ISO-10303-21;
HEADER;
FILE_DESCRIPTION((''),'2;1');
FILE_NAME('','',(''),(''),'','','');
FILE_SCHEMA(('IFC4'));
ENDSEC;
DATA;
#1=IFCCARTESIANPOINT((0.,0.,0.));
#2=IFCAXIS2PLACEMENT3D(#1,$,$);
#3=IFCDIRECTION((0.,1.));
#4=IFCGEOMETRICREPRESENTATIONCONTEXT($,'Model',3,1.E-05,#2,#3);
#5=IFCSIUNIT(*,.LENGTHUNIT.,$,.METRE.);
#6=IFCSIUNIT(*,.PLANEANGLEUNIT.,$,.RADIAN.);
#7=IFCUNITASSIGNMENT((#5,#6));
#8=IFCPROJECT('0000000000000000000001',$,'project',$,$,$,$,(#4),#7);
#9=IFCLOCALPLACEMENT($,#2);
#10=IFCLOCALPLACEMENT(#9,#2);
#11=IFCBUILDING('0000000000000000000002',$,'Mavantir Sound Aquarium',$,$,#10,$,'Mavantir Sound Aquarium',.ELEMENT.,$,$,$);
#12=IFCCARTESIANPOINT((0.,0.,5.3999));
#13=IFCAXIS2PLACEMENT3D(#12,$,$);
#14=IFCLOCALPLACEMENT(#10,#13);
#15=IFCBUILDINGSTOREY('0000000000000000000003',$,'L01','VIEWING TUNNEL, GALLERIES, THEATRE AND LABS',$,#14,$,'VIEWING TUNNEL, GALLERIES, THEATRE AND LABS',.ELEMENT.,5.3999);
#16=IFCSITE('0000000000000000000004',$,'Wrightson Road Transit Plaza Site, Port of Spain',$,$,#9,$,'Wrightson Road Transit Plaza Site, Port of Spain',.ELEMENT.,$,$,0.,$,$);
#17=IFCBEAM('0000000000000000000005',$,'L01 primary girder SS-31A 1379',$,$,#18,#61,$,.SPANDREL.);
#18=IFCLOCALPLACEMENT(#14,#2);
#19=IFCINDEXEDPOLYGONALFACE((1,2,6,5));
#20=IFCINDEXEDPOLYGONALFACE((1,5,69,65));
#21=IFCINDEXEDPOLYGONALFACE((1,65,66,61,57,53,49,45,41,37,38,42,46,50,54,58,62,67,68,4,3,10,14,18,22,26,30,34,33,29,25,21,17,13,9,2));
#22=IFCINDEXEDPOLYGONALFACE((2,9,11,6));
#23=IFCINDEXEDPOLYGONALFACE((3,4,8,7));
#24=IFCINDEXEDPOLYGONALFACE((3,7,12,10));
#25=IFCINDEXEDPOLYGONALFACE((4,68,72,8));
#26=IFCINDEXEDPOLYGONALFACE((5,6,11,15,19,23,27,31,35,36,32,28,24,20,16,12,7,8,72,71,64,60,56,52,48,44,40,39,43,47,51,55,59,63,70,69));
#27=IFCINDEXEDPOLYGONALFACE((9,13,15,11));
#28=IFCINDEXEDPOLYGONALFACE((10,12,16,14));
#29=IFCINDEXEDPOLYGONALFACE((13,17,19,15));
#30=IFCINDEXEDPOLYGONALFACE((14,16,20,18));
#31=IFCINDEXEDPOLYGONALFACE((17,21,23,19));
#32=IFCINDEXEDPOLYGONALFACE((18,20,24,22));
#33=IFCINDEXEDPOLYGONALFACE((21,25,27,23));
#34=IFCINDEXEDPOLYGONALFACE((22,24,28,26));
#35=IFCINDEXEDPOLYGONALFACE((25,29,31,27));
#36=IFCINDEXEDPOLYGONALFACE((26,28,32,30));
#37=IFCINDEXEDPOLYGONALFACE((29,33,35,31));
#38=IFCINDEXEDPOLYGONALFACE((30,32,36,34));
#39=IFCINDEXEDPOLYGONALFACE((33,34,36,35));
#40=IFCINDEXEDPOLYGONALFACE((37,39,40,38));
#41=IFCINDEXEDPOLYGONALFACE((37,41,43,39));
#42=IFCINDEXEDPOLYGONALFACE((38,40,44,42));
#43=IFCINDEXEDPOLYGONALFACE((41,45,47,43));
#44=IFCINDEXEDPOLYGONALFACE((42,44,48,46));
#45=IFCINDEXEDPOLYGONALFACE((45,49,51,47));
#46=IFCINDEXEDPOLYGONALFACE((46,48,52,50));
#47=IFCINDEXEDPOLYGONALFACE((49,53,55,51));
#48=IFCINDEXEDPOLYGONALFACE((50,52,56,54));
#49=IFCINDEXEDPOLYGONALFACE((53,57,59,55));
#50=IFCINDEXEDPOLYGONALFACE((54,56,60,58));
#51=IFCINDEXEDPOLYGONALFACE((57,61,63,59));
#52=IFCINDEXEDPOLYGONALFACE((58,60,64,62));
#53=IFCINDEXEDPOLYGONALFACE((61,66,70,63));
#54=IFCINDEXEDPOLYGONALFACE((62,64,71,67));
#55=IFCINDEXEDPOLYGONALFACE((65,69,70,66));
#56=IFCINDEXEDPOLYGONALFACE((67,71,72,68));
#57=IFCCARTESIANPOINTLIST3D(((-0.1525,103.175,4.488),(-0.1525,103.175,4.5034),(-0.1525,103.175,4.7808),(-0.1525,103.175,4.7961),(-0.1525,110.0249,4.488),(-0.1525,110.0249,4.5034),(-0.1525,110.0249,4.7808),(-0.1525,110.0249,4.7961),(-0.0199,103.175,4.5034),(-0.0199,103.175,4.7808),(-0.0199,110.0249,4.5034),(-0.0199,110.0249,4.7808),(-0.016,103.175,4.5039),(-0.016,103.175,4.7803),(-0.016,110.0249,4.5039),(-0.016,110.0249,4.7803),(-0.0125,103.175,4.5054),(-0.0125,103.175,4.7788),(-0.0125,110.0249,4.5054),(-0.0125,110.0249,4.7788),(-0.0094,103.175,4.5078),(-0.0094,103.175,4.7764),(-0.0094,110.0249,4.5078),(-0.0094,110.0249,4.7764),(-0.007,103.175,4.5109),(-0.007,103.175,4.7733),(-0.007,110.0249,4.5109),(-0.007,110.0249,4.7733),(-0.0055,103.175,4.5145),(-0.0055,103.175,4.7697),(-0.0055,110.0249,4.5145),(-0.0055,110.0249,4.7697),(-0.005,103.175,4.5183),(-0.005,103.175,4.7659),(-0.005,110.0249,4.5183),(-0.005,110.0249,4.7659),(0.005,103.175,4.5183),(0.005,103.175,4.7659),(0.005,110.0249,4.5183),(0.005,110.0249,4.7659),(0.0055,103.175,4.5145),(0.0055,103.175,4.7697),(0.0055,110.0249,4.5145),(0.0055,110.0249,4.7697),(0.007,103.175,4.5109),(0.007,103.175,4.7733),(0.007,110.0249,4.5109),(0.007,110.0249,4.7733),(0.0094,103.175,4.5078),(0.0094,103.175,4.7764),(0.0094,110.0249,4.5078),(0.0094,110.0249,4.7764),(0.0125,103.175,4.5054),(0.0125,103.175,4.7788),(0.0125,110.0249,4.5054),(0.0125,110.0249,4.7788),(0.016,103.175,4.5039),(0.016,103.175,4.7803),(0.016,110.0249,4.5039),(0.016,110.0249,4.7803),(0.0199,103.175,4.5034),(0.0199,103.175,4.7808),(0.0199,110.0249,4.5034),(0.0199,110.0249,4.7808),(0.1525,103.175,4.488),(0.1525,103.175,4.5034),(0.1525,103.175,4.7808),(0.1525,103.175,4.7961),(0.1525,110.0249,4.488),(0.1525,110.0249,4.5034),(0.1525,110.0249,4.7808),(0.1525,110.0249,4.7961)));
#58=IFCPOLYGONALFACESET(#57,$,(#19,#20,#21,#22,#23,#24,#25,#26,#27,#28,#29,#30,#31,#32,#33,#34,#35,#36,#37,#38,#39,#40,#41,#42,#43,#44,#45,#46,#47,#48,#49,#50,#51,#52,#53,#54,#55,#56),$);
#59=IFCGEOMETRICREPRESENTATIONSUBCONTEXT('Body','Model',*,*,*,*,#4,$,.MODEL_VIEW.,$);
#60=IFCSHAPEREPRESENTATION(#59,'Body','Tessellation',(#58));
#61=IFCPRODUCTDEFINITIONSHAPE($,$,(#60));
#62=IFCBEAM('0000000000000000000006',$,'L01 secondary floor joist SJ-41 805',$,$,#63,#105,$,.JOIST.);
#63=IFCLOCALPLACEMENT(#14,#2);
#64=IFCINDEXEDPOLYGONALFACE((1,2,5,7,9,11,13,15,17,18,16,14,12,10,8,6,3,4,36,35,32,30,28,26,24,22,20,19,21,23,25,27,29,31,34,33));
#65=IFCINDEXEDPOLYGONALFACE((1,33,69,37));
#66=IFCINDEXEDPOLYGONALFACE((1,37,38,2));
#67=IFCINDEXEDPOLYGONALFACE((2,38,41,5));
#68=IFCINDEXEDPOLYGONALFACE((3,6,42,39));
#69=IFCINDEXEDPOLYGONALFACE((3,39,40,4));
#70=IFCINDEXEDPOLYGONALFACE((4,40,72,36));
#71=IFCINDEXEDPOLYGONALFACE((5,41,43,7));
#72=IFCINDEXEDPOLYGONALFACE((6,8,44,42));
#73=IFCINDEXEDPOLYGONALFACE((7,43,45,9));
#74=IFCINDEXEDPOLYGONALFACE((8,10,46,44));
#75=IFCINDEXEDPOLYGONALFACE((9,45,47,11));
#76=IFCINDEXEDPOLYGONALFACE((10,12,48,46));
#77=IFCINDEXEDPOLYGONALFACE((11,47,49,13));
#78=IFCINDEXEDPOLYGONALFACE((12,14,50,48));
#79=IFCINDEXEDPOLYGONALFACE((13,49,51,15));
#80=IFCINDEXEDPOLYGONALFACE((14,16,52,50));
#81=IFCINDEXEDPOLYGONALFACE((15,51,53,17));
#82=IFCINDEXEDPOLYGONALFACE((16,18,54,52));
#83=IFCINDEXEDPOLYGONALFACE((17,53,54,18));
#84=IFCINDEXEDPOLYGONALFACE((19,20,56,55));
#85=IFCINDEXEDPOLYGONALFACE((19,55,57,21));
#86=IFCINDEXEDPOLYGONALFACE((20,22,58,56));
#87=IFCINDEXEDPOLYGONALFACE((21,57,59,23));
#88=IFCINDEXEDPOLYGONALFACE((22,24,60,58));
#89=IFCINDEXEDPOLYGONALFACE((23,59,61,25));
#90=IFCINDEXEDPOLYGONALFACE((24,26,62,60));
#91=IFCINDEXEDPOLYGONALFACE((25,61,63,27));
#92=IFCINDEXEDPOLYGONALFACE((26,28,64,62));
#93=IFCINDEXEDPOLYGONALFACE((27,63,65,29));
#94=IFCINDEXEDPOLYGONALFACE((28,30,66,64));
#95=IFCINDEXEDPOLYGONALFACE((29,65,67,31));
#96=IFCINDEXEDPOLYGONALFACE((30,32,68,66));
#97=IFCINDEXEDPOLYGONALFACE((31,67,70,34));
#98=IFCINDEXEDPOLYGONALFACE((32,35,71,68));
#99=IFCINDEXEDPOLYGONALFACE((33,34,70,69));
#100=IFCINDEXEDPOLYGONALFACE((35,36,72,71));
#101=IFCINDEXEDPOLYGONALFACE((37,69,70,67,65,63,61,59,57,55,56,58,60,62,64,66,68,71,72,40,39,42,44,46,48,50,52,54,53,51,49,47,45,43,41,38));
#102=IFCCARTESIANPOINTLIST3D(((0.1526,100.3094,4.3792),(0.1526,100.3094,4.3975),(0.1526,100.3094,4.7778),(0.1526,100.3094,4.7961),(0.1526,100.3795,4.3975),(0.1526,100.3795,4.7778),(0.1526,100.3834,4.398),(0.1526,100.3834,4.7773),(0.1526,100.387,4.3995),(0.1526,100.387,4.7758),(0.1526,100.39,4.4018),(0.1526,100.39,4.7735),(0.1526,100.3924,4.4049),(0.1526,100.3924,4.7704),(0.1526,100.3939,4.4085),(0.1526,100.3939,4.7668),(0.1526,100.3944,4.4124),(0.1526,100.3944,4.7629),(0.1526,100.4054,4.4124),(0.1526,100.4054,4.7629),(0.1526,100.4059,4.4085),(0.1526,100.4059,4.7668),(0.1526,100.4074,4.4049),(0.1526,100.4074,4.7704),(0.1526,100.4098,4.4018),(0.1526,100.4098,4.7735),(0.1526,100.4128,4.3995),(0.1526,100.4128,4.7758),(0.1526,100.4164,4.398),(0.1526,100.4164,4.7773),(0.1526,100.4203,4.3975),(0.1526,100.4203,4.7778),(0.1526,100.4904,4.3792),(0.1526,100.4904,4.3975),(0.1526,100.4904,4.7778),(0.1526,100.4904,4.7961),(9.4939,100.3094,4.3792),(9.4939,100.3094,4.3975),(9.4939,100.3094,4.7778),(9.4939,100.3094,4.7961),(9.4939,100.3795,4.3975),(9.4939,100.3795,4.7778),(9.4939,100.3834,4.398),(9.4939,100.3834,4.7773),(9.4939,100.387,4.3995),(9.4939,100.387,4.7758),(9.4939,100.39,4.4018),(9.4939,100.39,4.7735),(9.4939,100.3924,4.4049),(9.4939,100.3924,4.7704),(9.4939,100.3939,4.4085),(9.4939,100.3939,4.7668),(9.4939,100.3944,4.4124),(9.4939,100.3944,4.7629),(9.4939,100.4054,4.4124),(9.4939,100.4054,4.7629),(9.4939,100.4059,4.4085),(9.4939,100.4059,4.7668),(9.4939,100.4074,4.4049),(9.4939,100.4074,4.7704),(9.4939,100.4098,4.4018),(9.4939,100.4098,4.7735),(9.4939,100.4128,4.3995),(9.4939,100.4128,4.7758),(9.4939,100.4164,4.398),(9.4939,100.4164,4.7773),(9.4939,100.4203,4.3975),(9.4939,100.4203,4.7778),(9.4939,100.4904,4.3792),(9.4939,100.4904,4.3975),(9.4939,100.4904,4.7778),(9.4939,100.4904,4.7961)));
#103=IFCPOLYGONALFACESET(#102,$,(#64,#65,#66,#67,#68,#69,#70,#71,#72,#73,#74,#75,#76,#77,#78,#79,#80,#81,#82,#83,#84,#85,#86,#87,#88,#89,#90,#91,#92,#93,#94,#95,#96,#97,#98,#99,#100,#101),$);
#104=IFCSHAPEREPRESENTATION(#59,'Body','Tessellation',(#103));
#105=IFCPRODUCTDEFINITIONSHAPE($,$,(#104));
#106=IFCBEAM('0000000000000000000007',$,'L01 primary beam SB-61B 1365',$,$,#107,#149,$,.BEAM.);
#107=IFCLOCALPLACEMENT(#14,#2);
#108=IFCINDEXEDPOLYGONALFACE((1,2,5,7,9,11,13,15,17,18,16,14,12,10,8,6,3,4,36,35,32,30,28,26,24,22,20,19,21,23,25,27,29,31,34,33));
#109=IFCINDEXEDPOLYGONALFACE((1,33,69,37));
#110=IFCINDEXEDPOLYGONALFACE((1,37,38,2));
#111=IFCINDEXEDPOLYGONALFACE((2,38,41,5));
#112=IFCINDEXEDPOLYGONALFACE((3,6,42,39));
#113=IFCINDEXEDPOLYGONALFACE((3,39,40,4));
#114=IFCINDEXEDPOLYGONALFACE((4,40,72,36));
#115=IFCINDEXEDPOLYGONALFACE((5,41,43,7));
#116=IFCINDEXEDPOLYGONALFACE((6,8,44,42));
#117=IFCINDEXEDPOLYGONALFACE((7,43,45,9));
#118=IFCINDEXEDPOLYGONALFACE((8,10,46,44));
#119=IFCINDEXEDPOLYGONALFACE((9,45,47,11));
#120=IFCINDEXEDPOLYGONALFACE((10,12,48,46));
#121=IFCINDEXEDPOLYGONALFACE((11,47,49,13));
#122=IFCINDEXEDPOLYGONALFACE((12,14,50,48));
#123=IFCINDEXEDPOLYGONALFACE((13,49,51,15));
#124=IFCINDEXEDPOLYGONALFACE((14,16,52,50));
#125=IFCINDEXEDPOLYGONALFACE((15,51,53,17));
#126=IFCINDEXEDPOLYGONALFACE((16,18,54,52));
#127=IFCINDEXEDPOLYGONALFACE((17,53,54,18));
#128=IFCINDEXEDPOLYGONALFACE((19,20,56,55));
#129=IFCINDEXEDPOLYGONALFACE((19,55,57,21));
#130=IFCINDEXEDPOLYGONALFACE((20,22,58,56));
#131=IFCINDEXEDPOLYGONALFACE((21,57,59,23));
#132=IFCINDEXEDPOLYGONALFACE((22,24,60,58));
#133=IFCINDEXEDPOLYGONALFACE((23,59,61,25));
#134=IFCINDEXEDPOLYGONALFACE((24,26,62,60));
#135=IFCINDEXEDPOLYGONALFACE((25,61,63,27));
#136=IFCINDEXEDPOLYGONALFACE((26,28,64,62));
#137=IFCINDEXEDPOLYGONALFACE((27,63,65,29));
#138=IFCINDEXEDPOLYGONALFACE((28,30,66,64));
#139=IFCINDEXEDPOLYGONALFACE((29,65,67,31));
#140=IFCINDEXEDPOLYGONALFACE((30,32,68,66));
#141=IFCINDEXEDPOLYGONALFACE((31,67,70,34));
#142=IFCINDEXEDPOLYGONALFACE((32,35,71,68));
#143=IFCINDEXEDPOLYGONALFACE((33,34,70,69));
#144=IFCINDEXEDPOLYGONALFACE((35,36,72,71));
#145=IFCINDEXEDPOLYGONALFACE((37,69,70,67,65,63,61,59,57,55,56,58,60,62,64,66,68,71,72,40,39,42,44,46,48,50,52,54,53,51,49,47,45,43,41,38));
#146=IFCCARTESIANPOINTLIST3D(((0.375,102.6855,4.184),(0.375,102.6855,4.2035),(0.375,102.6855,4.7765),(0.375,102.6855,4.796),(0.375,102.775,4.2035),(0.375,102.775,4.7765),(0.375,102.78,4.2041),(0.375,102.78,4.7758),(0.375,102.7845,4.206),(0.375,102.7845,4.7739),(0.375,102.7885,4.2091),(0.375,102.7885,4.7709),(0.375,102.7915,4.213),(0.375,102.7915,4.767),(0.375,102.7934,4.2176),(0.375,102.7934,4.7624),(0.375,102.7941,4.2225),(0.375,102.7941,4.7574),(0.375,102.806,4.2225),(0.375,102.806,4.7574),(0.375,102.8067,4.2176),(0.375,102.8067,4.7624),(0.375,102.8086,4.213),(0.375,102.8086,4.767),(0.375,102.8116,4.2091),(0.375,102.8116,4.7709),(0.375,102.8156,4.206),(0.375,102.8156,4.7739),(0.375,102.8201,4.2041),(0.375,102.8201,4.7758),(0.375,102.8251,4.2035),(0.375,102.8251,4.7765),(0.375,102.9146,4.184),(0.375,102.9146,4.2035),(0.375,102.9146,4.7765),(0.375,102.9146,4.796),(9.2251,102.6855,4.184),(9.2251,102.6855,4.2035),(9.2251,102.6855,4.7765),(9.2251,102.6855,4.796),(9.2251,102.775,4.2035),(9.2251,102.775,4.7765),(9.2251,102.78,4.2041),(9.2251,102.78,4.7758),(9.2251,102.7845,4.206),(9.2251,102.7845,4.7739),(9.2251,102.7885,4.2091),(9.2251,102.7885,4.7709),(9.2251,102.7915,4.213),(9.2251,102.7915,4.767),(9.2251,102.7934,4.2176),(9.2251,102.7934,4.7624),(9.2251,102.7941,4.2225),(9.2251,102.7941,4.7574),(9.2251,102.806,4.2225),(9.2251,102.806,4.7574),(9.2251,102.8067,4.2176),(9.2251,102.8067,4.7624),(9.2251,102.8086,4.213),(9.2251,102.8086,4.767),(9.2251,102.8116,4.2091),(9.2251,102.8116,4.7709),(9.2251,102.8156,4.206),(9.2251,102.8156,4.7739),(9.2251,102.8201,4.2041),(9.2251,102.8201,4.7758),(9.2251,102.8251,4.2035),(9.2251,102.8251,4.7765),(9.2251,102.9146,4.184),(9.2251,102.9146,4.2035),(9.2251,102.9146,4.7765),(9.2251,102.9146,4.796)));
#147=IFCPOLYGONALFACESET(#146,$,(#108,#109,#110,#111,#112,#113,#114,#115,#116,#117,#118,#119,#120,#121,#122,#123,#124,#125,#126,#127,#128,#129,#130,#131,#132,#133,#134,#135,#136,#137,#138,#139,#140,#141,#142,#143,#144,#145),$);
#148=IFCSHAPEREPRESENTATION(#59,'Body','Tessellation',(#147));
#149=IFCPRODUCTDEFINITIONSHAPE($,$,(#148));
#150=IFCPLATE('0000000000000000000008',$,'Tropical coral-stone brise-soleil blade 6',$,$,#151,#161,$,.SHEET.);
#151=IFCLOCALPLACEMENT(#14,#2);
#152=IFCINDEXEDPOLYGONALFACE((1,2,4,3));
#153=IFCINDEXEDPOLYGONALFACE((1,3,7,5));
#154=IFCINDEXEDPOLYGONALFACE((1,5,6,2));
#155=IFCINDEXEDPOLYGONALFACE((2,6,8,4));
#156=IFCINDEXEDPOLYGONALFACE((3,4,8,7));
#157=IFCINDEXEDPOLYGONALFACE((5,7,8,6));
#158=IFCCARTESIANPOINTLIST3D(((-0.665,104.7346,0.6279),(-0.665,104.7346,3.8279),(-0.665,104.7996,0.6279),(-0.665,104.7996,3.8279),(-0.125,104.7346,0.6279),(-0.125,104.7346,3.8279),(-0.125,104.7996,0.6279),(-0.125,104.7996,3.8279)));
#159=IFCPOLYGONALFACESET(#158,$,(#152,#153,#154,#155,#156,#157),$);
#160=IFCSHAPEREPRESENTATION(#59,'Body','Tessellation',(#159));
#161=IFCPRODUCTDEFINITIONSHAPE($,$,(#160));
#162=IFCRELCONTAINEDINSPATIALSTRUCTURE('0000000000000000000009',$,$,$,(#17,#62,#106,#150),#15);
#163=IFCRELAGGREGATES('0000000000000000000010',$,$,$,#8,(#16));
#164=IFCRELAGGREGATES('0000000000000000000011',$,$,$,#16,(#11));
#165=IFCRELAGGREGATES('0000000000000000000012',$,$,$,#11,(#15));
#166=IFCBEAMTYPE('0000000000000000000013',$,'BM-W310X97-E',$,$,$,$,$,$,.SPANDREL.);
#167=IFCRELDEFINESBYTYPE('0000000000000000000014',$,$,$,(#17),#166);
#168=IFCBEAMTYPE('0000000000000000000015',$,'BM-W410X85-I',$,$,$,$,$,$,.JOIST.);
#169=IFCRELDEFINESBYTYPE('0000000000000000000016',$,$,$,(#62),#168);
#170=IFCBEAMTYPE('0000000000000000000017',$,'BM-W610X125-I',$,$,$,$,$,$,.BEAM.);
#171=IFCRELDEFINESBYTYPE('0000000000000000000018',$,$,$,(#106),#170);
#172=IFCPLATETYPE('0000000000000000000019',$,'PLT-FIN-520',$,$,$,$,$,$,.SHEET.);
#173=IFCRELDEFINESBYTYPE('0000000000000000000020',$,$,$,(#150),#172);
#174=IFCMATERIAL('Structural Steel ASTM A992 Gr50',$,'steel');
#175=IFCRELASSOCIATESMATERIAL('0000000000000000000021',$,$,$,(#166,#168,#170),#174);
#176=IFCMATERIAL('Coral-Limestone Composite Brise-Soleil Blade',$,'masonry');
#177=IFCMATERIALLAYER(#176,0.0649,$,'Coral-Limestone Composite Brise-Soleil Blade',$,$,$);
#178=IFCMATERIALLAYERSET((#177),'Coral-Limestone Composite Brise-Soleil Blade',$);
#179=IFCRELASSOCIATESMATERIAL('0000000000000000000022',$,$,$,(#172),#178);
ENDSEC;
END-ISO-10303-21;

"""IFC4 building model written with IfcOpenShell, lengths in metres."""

from ifc_helpers import new_model, si_unit, direction, frame, origin, origin_2d, place, context, subcontext, project, spatial, rectangle, i_section, extrude, material, layer, layer_set, material_profile, profile_set, type_object, element, save


model = new_model("IFC4")

# Units and contexts
model_context = context("Model", 3, precision=1e-05, world=origin(), true_north=direction((0.0, 1.0)))
body_context = subcontext(model_context, "Body", "Model", "MODEL_VIEW")
ifc_project = project(units=[si_unit("LENGTHUNIT", "METRE"), si_unit("PLANEANGLEUNIT", "RADIAN")], contexts=[model_context])

# Site, building, storey
site_placement = place(None, origin())
site = spatial("IfcSite", under=ifc_project, at=site_placement, Name="Wrightson Road Transit Plaza Site, Port of Spain", LongName="Wrightson Road Transit Plaza Site, Port of Spain", CompositionType="ELEMENT", RefElevation=0.0)
building_placement = place(site_placement, origin())
building = spatial("IfcBuilding", under=site, at=building_placement, Name="Mavantir Sound Aquarium", LongName="Mavantir Sound Aquarium", CompositionType="ELEMENT")
storey_placement = place(building_placement, frame((0.0, 0.0, 5.3999)))
storey = spatial("IfcBuildingStorey", under=building, at=storey_placement, Name="L01", Description="VIEWING TUNNEL, GALLERIES, THEATRE AND LABS", LongName="VIEWING TUNNEL, GALLERIES, THEATRE AND LABS", CompositionType="ELEMENT", Elevation=5.3999)

# Beams
ifc_material_1 = material(Name="Structural Steel ASTM A992 Gr50", Category="steel")
ifc_material_profile_1 = material_profile(ifc_material_1, i_section(OverallWidth=0.3049, OverallDepth=0.3081, WebThickness=0.01, FlangeThickness=0.0154, FilletRadius=0.0149, at=origin_2d()), Name="W310X97")
ifc_profile_set_1 = profile_set([ifc_material_profile_1], Name="Structural Steel ASTM A992 Gr50")
beam_type_1 = type_object("IfcBeamType", Name="BM-W310X97-E", PredefinedType="SPANDREL", material=ifc_profile_set_1)
beam_1_placement = place(storey_placement, frame((0.0, 103.175, 4.6421), z_axis=(0.0, 1.0, 0.0), x_axis=(-1.0, 0.0, 0.0)))
element("IfcBeam", 1, at=beam_1_placement, inside=storey, type_object=beam_type_1, Name="L01 primary girder SS-31A 1379", PredefinedType="SPANDREL", context=body_context, shape_type="SweptSolid", body=[
    extrude(i_section(OverallWidth=0.3049, OverallDepth=0.3081, WebThickness=0.01, FlangeThickness=0.0154, FilletRadius=0.0149, at=origin_2d()), origin(), (0.0, 0.0, 1.0), 6.8499),
])
ifc_material_profile_2 = material_profile(ifc_material_1, i_section(OverallWidth=0.1809, OverallDepth=0.417, WebThickness=0.011, FlangeThickness=0.0183, FilletRadius=0.0149, at=origin_2d()), Name="W410X85")
ifc_profile_set_2 = profile_set([ifc_material_profile_2], Name="Structural Steel ASTM A992 Gr50")
beam_type_2 = type_object("IfcBeamType", Name="BM-W410X85-I", PredefinedType="JOIST", material=ifc_profile_set_2)
beam_2_placement = place(storey_placement, frame((0.1526, 100.3999, 4.5876), z_axis=(1.0, 0.0, 0.0), x_axis=(0.0, 1.0, 0.0)))
element("IfcBeam", 2, at=beam_2_placement, inside=storey, type_object=beam_type_2, Name="L01 secondary floor joist SJ-41 805", PredefinedType="JOIST", context=body_context, shape_type="SweptSolid", body=[
    extrude(i_section(OverallWidth=0.1809, OverallDepth=0.417, WebThickness=0.011, FlangeThickness=0.0183, FilletRadius=0.0149, at=origin_2d()), origin(), (0.0, 0.0, 1.0), 9.3413),
])
ifc_material_profile_3 = material_profile(ifc_material_1, i_section(OverallWidth=0.229, OverallDepth=0.6121, WebThickness=0.012, FlangeThickness=0.0195, FilletRadius=0.019, at=origin_2d()), Name="W610X125")
ifc_profile_set_3 = profile_set([ifc_material_profile_3], Name="Structural Steel ASTM A992 Gr50")
beam_type_3 = type_object("IfcBeamType", Name="BM-W610X125-I", PredefinedType="BEAM", material=ifc_profile_set_3)
beam_3_placement = place(storey_placement, frame((0.375, 102.8, 4.49), z_axis=(1.0, 0.0, 0.0), x_axis=(0.0, 1.0, 0.0)))
element("IfcBeam", 3, at=beam_3_placement, inside=storey, type_object=beam_type_3, Name="L01 primary beam SB-61B 1365", PredefinedType="BEAM", context=body_context, shape_type="SweptSolid", body=[
    extrude(i_section(OverallWidth=0.229, OverallDepth=0.6121, WebThickness=0.012, FlangeThickness=0.0195, FilletRadius=0.019, at=origin_2d()), origin(), (0.0, 0.0, 1.0), 8.8501),
])

# Plate
ifc_material_2 = material(Name="Coral-Limestone Composite Brise-Soleil Blade", Category="masonry")
ifc_layer_1 = layer(ifc_material_2, 0.0649, Name="Coral-Limestone Composite Brise-Soleil Blade")
ifc_layer_set_1 = layer_set([ifc_layer_1], Name="Coral-Limestone Composite Brise-Soleil Blade")
plate_type = type_object("IfcPlateType", Name="PLT-FIN-520", PredefinedType="SHEET", material=ifc_layer_set_1)
plate_placement = place(storey_placement, frame((-0.395, 104.7671, 0.6279), z_axis=(0.0, 0.0, 1.0), x_axis=(0.0, 1.0, 0.0)))
element("IfcPlate", 4, at=plate_placement, inside=storey, type_object=plate_type, Name="Tropical coral-stone brise-soleil blade 6", PredefinedType="SHEET", context=body_context, shape_type="SweptSolid", body=[
    extrude(rectangle(XDim=0.0649, YDim=0.54, at=origin_2d()), origin(), (0.0, 0.0, 1.0), 3.2),
])

save(model, "model.ifc")
